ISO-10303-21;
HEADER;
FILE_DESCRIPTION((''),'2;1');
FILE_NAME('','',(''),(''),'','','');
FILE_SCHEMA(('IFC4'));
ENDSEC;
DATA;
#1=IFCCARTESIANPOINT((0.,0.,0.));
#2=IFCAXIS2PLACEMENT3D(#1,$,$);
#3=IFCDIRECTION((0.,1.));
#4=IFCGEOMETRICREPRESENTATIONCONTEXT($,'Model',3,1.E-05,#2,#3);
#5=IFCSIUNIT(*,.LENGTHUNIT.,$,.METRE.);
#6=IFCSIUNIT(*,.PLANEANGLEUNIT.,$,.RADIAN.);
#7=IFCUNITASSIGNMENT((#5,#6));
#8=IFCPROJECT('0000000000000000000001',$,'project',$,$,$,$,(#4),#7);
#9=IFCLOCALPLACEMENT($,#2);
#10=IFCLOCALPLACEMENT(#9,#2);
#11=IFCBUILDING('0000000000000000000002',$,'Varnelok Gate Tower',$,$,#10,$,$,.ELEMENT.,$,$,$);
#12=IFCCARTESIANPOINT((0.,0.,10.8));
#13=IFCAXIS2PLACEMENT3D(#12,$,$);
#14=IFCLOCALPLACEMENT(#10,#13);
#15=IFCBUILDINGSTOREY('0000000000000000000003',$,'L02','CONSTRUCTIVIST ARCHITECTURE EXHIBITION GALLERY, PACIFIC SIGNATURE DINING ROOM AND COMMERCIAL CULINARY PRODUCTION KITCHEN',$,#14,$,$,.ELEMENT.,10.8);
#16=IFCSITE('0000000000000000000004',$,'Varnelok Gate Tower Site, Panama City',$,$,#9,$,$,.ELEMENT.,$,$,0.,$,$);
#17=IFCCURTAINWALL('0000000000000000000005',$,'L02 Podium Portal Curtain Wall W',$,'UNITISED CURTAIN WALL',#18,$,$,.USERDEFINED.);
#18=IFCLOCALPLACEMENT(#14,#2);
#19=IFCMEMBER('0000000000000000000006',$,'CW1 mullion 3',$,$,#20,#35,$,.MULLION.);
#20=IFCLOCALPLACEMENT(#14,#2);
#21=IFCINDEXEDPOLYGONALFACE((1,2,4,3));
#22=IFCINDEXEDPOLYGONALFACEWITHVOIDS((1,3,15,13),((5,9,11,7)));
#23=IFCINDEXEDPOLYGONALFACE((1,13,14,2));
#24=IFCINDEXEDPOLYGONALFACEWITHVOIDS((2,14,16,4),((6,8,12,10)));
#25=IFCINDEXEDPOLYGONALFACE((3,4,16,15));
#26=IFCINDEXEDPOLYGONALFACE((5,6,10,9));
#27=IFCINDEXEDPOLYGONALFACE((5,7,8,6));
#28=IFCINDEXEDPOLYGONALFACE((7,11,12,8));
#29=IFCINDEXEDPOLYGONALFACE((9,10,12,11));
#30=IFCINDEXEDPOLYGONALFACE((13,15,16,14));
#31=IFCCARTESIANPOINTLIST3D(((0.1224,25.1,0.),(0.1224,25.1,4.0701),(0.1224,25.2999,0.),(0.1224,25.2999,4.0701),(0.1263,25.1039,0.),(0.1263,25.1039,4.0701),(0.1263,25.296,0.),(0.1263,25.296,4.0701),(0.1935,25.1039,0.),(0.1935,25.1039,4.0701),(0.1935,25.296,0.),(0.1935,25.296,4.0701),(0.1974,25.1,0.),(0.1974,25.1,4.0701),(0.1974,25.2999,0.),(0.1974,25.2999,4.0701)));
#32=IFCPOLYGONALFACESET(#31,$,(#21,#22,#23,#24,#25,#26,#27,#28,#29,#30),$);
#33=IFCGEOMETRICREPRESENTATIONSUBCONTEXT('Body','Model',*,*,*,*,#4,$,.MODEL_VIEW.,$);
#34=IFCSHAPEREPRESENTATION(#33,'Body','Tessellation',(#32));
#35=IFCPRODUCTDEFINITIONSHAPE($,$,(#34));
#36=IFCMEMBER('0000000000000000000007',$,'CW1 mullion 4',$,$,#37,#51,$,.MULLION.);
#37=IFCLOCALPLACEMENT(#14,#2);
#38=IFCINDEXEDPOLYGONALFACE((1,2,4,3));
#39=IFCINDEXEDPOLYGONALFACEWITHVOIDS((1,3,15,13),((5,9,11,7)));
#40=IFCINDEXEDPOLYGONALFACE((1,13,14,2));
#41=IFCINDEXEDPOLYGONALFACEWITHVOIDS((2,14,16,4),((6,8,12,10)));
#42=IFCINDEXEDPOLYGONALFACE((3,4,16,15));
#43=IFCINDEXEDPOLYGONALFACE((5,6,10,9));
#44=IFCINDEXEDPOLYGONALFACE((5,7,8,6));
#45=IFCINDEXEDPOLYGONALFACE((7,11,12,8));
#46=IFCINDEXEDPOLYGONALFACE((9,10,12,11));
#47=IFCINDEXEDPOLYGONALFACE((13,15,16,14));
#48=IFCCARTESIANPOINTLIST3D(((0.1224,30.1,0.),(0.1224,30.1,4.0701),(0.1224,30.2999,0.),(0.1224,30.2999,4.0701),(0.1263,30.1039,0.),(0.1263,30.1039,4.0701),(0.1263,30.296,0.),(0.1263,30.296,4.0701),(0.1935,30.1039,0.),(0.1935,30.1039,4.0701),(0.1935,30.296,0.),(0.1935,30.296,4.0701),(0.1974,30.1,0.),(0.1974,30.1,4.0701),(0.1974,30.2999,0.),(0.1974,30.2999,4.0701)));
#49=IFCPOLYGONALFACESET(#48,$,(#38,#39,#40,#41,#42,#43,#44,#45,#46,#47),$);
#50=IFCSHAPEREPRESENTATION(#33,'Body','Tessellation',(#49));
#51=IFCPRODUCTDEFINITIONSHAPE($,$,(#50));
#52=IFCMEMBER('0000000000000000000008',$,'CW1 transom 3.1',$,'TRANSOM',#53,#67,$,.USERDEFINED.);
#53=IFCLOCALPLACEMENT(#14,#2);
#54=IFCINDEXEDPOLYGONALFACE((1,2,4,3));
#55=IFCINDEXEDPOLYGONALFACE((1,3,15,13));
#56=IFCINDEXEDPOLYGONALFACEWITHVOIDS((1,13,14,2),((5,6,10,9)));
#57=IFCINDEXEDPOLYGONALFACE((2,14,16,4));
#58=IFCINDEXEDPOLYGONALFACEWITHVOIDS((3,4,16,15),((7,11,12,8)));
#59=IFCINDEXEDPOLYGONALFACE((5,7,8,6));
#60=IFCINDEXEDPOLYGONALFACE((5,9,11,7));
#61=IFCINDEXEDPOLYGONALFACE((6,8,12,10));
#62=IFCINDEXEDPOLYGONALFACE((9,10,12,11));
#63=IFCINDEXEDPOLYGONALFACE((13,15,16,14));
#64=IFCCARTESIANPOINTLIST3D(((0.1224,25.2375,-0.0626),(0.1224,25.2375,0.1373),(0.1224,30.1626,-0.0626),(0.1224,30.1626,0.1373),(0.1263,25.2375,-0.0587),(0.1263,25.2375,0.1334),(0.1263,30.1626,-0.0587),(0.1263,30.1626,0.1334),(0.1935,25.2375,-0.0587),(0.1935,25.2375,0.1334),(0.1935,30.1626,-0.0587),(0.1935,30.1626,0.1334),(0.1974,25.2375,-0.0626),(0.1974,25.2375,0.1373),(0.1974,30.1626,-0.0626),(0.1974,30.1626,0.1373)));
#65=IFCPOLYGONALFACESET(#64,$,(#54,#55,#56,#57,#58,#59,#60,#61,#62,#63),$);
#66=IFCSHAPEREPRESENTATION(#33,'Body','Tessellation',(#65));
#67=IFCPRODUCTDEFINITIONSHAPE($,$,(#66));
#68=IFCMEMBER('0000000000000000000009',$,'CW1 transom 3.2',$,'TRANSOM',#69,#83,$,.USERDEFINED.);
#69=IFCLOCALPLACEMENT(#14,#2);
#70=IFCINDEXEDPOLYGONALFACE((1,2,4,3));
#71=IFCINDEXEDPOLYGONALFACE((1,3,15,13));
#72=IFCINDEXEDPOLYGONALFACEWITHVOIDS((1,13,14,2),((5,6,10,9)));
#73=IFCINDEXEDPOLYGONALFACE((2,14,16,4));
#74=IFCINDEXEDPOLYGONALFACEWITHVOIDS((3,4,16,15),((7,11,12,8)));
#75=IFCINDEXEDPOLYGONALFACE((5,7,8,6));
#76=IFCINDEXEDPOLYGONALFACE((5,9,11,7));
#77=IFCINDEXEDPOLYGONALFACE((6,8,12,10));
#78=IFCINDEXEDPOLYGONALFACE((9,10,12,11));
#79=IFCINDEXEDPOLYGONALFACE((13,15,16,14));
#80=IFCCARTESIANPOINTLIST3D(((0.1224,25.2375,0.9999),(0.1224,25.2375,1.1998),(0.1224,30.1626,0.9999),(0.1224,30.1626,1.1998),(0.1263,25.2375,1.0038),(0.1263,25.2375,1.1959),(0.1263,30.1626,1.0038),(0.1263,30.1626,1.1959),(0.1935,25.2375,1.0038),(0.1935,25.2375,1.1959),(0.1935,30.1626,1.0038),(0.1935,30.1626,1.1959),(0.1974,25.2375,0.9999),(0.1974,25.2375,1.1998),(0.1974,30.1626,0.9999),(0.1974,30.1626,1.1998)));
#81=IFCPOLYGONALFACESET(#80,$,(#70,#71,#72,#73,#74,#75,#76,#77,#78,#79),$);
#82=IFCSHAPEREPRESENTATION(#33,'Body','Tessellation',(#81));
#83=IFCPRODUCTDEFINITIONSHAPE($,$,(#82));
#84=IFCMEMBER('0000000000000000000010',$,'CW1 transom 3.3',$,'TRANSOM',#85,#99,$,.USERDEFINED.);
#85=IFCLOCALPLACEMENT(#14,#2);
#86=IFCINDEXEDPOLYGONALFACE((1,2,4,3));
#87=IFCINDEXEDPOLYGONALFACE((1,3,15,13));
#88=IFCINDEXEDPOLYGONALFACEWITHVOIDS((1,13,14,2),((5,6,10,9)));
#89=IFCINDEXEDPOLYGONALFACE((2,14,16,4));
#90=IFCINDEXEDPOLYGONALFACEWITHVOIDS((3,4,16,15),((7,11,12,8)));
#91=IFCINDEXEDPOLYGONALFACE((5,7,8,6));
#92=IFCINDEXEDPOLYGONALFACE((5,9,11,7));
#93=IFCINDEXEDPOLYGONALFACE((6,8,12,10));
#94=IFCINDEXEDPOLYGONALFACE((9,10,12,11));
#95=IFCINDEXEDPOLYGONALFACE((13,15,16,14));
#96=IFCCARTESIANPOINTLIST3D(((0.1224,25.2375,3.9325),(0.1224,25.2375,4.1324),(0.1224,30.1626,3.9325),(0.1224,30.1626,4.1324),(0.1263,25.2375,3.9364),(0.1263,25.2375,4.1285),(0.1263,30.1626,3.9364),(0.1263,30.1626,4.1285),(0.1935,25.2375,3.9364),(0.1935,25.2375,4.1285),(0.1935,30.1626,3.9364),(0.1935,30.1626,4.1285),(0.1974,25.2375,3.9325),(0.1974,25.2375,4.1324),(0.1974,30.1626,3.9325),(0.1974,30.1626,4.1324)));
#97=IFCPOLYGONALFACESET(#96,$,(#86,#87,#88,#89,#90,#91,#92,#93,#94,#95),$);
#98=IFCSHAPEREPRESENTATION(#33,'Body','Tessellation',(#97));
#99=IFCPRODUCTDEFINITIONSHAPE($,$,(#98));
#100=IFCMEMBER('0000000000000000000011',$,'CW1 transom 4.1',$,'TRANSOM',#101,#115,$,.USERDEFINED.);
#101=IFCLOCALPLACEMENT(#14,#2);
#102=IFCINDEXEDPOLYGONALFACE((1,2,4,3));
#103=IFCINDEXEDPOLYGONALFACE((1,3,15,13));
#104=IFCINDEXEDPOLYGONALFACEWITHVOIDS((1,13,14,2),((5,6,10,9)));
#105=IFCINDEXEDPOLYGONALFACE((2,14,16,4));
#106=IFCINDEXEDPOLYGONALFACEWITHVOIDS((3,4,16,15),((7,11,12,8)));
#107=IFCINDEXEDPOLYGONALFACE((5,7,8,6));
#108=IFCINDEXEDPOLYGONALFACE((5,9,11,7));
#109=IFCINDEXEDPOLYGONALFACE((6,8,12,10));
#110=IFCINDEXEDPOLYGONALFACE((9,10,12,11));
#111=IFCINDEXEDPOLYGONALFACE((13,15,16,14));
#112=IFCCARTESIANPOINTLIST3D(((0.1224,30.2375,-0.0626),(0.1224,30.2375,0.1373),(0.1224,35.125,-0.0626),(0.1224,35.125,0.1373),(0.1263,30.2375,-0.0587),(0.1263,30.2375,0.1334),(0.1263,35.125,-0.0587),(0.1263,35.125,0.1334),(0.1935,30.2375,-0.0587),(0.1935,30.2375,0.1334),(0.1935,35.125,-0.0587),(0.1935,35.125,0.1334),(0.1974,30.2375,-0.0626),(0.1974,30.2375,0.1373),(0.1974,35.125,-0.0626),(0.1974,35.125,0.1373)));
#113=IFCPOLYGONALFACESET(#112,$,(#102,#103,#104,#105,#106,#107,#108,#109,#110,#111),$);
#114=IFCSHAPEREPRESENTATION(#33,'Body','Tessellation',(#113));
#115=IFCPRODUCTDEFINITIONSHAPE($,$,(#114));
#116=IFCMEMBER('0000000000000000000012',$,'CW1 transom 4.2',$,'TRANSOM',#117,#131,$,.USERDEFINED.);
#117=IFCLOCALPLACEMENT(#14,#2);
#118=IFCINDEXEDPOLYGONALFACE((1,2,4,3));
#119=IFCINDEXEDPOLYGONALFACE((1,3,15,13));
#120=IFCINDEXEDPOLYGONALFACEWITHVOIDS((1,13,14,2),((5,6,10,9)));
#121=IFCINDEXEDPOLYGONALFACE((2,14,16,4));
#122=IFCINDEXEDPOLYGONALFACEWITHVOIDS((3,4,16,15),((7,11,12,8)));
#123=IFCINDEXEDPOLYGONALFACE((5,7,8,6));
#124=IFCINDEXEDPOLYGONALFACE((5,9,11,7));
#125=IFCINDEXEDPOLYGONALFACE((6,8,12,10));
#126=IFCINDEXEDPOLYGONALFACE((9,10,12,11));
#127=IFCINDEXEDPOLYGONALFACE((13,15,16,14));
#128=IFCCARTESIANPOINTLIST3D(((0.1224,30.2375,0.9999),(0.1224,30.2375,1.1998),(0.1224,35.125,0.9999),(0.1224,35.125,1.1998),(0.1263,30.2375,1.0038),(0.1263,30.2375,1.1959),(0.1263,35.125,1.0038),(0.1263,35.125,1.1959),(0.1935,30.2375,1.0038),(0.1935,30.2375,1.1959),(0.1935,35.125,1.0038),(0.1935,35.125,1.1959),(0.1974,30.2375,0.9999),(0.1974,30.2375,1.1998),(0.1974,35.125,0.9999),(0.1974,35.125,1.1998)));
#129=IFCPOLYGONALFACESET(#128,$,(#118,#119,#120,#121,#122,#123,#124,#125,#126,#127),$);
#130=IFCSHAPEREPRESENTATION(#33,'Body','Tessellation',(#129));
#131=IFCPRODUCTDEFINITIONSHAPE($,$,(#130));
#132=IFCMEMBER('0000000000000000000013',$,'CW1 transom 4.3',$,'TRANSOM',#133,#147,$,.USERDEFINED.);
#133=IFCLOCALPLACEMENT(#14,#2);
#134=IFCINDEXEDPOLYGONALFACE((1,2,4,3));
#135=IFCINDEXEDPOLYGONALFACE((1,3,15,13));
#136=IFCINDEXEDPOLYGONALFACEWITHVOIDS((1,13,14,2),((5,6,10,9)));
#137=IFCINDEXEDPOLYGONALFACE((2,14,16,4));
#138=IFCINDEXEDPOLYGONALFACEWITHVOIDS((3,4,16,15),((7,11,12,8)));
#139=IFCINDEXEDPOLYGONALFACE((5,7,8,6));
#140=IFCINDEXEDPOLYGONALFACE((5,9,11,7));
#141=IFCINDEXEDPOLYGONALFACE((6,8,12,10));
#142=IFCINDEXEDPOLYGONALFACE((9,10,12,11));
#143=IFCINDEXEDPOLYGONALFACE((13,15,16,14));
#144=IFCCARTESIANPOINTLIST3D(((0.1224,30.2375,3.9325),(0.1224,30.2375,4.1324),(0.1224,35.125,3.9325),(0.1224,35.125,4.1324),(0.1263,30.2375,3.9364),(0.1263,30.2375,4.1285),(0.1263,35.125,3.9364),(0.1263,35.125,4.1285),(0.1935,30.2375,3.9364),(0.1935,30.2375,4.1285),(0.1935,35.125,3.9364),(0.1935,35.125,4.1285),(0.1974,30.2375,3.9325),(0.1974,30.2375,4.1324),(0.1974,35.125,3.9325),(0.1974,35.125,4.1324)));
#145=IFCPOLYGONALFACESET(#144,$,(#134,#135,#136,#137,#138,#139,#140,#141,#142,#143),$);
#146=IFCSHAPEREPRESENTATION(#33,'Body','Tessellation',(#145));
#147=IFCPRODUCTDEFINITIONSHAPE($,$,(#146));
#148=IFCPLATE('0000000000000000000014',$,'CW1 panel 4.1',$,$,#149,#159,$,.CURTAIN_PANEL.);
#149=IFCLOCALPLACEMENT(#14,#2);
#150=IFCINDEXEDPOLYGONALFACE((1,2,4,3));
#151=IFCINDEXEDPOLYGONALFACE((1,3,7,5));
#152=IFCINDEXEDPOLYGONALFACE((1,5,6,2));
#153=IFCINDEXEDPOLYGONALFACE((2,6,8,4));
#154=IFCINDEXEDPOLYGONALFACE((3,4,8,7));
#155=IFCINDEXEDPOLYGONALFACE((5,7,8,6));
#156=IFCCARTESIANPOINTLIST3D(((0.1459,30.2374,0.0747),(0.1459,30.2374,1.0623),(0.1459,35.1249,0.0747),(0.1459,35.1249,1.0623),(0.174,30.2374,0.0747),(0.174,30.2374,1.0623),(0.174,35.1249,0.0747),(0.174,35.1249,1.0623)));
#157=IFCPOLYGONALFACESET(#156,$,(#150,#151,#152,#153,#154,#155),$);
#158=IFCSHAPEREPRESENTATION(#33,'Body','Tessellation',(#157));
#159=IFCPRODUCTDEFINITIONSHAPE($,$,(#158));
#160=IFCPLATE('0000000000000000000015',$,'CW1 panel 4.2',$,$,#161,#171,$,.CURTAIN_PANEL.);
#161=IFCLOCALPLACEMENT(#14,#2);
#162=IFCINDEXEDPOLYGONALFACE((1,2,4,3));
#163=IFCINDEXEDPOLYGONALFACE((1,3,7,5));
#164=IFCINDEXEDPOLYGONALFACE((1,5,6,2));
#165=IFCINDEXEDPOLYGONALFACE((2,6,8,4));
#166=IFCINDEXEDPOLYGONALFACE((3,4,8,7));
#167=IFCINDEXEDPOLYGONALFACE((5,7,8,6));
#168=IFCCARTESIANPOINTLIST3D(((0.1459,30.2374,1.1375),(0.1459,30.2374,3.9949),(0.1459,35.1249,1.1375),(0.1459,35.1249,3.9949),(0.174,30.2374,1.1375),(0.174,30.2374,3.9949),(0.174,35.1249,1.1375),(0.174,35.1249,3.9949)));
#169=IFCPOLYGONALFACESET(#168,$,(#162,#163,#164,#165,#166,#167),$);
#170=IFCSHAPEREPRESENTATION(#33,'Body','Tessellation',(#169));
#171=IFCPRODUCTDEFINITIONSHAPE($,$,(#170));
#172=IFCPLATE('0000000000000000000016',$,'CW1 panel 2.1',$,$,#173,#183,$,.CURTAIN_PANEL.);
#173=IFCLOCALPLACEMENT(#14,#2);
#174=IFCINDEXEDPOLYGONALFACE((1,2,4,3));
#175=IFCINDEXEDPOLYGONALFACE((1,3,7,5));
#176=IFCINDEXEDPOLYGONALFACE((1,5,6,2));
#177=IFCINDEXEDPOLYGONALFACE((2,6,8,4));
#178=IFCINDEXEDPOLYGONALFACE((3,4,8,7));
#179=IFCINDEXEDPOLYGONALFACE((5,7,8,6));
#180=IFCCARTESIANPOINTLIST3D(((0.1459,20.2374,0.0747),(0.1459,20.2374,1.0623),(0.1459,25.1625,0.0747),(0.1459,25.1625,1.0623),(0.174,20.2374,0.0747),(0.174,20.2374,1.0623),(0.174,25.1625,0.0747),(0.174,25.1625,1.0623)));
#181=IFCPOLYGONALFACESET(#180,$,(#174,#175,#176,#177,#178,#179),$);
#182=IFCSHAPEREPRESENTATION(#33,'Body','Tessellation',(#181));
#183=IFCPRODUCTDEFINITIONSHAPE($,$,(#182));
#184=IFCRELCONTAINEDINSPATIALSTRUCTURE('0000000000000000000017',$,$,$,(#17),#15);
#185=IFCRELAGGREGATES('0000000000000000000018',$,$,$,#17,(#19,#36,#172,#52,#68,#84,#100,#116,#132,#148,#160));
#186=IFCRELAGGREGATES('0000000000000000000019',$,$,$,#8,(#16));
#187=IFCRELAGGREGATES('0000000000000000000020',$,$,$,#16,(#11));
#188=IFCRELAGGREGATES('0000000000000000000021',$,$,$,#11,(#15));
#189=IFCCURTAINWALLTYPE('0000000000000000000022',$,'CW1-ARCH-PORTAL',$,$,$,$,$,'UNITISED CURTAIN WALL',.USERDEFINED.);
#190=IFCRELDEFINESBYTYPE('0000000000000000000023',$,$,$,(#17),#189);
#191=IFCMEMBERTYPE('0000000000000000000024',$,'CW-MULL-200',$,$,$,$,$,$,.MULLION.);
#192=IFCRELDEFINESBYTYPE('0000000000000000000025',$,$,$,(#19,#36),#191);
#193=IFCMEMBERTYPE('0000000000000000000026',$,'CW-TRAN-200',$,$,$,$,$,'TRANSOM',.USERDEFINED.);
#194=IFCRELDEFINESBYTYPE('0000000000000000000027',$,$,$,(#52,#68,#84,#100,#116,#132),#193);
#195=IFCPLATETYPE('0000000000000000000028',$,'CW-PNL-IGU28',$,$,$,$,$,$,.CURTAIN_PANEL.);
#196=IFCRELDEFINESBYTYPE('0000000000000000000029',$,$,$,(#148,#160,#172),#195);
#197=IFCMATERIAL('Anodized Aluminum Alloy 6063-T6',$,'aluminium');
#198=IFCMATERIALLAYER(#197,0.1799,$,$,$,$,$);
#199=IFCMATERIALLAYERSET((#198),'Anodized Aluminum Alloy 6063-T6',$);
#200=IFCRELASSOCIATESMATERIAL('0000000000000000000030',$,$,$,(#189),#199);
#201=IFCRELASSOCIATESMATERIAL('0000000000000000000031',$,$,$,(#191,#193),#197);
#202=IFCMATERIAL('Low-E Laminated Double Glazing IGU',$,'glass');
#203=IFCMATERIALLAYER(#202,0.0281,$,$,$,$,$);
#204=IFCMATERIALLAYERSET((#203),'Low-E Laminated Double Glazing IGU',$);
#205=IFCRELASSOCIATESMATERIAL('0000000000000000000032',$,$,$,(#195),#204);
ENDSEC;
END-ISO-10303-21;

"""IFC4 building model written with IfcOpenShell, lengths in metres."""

from ifc_helpers import new_model, si_unit, direction, frame, origin, origin_2d, place, context, subcontext, project, spatial, rectangle, hollow_rectangle, extrude, source, transform, mapped, material, layer, layer_set, material_profile, profile_set, type_object, element, aggregate, save


model = new_model("IFC4")

# Units and contexts
model_context = context("Model", 3, precision=1e-05, world=origin(), true_north=direction((0.0, 1.0)))
body_context = subcontext(model_context, "Body", "Model", "MODEL_VIEW")
ifc_project = project(units=[si_unit("LENGTHUNIT", "METRE"), si_unit("PLANEANGLEUNIT", "RADIAN")], contexts=[model_context])

# Site, building, storey
site_placement = place(None, origin())
site = spatial("IfcSite", under=ifc_project, at=site_placement, Name="Varnelok Gate Tower Site, Panama City", CompositionType="ELEMENT", RefElevation=0.0)
building_placement = place(site_placement, origin())
building = spatial("IfcBuilding", under=site, at=building_placement, Name="Varnelok Gate Tower", CompositionType="ELEMENT")
storey_placement = place(building_placement, frame((0.0, 0.0, 10.8)))
storey = spatial("IfcBuildingStorey", under=building, at=storey_placement, Name="L02", Description="CONSTRUCTIVIST ARCHITECTURE EXHIBITION GALLERY, PACIFIC SIGNATURE DINING ROOM AND COMMERCIAL CULINARY PRODUCTION KITCHEN", CompositionType="ELEMENT", Elevation=10.8)

# Curtain wall, members, plates
ifc_material_1 = material(Name="Anodized Aluminum Alloy 6063-T6", Category="aluminium")
ifc_layer_1 = layer(ifc_material_1, 0.1799)
ifc_layer_set_1 = layer_set([ifc_layer_1], Name="Anodized Aluminum Alloy 6063-T6")
curtain_wall_type = type_object("IfcCurtainWallType", Name="CW1-ARCH-PORTAL", ElementType="UNITISED CURTAIN WALL", PredefinedType="USERDEFINED", material=ifc_layer_set_1)
curtain_wall_placement = place(storey_placement, origin())
curtain_wall = element("IfcCurtainWall", 1, at=curtain_wall_placement, inside=storey, type_object=curtain_wall_type, Name="L02 Podium Portal Curtain Wall W", ObjectType="UNITISED CURTAIN WALL", PredefinedType="USERDEFINED")
ifc_material_profile_1 = material_profile(ifc_material_1, hollow_rectangle(XDim=0.075, YDim=0.2, WallThickness=0.0039, at=origin_2d()), Name="ALU200X75X4")
ifc_profile_set_1 = profile_set([ifc_material_profile_1], Name="Anodized Aluminum Alloy 6063-T6")
member_type_1 = type_object("IfcMemberType", Name="CW-MULL-200", PredefinedType="MULLION", material=ifc_profile_set_1)
member_1_placement = place(storey_placement, frame((0.1599, 25.2, 0.0), z_axis=(0.0, 0.0, 1.0), x_axis=(-1.0, 0.0, 0.0)))
member_1 = element("IfcMember", 2, at=member_1_placement, type_object=member_type_1, Name="CW1 mullion 3", PredefinedType="MULLION", context=body_context, shape_type="SweptSolid", body=[
    extrude(hollow_rectangle(XDim=0.075, YDim=0.2, WallThickness=0.0039, at=origin_2d()), origin(), (0.0, 0.0, 1.0), 4.0701),
])
member_2_placement = place(storey_placement, frame((0.1599, 30.2, 0.0), z_axis=(0.0, 0.0, 1.0), x_axis=(-1.0, 0.0, 0.0)))
member_2 = element("IfcMember", 3, at=member_2_placement, type_object=member_type_1, Name="CW1 mullion 4", PredefinedType="MULLION", context=body_context, shape_type="SweptSolid", body=[
    extrude(hollow_rectangle(XDim=0.075, YDim=0.2, WallThickness=0.0039, at=origin_2d()), origin(), (0.0, 0.0, 1.0), 4.0701),
])
ifc_material_profile_2 = material_profile(ifc_material_1, hollow_rectangle(XDim=0.075, YDim=0.2, WallThickness=0.0039, at=origin_2d()), Name="ALU200X75X4")
ifc_profile_set_2 = profile_set([ifc_material_profile_2], Name="Anodized Aluminum Alloy 6063-T6")
member_type_2 = type_object("IfcMemberType", Name="CW-TRAN-200", ElementType="TRANSOM", PredefinedType="USERDEFINED", material=ifc_profile_set_2)
member_3_placement = place(storey_placement, frame((0.1599, 25.2375, 0.0374), z_axis=(0.0, 1.0, 0.0), x_axis=(-1.0, 0.0, 0.0)))
member_3 = element("IfcMember", 4, at=member_3_placement, type_object=member_type_2, Name="CW1 transom 3.1", ObjectType="TRANSOM", PredefinedType="USERDEFINED", context=body_context, shape_type="SweptSolid", body=[
    extrude(hollow_rectangle(XDim=0.075, YDim=0.2, WallThickness=0.0039, at=origin_2d()), origin(), (0.0, 0.0, 1.0), 4.925),
])
member_4_placement = place(storey_placement, frame((0.1599, 25.2375, 1.0999), z_axis=(0.0, 1.0, 0.0), x_axis=(-1.0, 0.0, 0.0)))
member_4 = element("IfcMember", 5, at=member_4_placement, type_object=member_type_2, Name="CW1 transom 3.2", ObjectType="TRANSOM", PredefinedType="USERDEFINED", context=body_context, shape_type="SweptSolid", body=[
    extrude(hollow_rectangle(XDim=0.075, YDim=0.2, WallThickness=0.0039, at=origin_2d()), origin(), (0.0, 0.0, 1.0), 4.925),
])
member_5_placement = place(storey_placement, frame((0.1599, 25.2375, 4.0325), z_axis=(0.0, 1.0, 0.0), x_axis=(-1.0, 0.0, 0.0)))
member_5 = element("IfcMember", 6, at=member_5_placement, type_object=member_type_2, Name="CW1 transom 3.3", ObjectType="TRANSOM", PredefinedType="USERDEFINED", context=body_context, shape_type="SweptSolid", body=[
    extrude(hollow_rectangle(XDim=0.075, YDim=0.2, WallThickness=0.0039, at=origin_2d()), origin(), (0.0, 0.0, 1.0), 4.925),
])
member_6_placement = place(storey_placement, frame((0.1599, 30.2375, 0.0374), z_axis=(0.0, 1.0, 0.0), x_axis=(-1.0, 0.0, 0.0)))
member_6 = element("IfcMember", 7, at=member_6_placement, type_object=member_type_2, Name="CW1 transom 4.1", ObjectType="TRANSOM", PredefinedType="USERDEFINED", context=body_context, shape_type="SweptSolid", body=[
    extrude(hollow_rectangle(XDim=0.075, YDim=0.2, WallThickness=0.0039, at=origin_2d()), origin(), (0.0, 0.0, 1.0), 4.8875),
])
member_7_placement = place(storey_placement, frame((0.1599, 30.2375, 1.0999), z_axis=(0.0, 1.0, 0.0), x_axis=(-1.0, 0.0, 0.0)))
member_7 = element("IfcMember", 8, at=member_7_placement, type_object=member_type_2, Name="CW1 transom 4.2", ObjectType="TRANSOM", PredefinedType="USERDEFINED", context=body_context, shape_type="SweptSolid", body=[
    extrude(hollow_rectangle(XDim=0.075, YDim=0.2, WallThickness=0.0039, at=origin_2d()), origin(), (0.0, 0.0, 1.0), 4.8875),
])
member_8_placement = place(storey_placement, frame((0.1599, 30.2375, 4.0325), z_axis=(0.0, 1.0, 0.0), x_axis=(-1.0, 0.0, 0.0)))
member_8 = element("IfcMember", 9, at=member_8_placement, type_object=member_type_2, Name="CW1 transom 4.3", ObjectType="TRANSOM", PredefinedType="USERDEFINED", context=body_context, shape_type="SweptSolid", body=[
    extrude(hollow_rectangle(XDim=0.075, YDim=0.2, WallThickness=0.0039, at=origin_2d()), origin(), (0.0, 0.0, 1.0), 4.8875),
])
ifc_material_2 = material(Name="Low-E Laminated Double Glazing IGU", Category="glass")
ifc_layer_2 = layer(ifc_material_2, 0.0281)
ifc_layer_set_2 = layer_set([ifc_layer_2], Name="Low-E Laminated Double Glazing IGU")
plate_type = type_object("IfcPlateType", Name="CW-PNL-IGU28", PredefinedType="CURTAIN_PANEL", material=ifc_layer_set_2)
shared_shape_1 = source(origin(), body_context, "Body", "SweptSolid", [
    extrude(rectangle(XDim=4.8875, YDim=0.0281, at=origin_2d()), origin(), (0.0, 0.0, 1.0), 0.9875),
])
plate_1_placement = place(storey_placement, frame((0.1599, 32.6812, 0.0747), z_axis=(0.0, 0.0, 1.0), x_axis=(0.0, 1.0, 0.0)))
plate_1 = element("IfcPlate", 10, at=plate_1_placement, type_object=plate_type, Name="CW1 panel 4.1", PredefinedType="CURTAIN_PANEL", context=body_context, shape_type="MappedRepresentation", body=[
    mapped(shared_shape_1, transform((0.0, 0.0, 0.0), scale=1.0)),
])
shared_shape_2 = source(origin(), body_context, "Body", "SweptSolid", [
    extrude(rectangle(XDim=4.8875, YDim=0.0281, at=origin_2d()), origin(), (0.0, 0.0, 1.0), 2.8574),
])
plate_2_placement = place(storey_placement, frame((0.1599, 32.6812, 1.1375), z_axis=(0.0, 0.0, 1.0), x_axis=(0.0, 1.0, 0.0)))
plate_2 = element("IfcPlate", 11, at=plate_2_placement, type_object=plate_type, Name="CW1 panel 4.2", PredefinedType="CURTAIN_PANEL", context=body_context, shape_type="MappedRepresentation", body=[
    mapped(shared_shape_2, transform((0.0, 0.0, 0.0), scale=1.0)),
])
shared_shape_3 = source(origin(), body_context, "Body", "SweptSolid", [
    extrude(rectangle(XDim=4.925, YDim=0.0281, at=origin_2d()), origin(), (0.0, 0.0, 1.0), 0.9875),
])
plate_3_placement = place(storey_placement, frame((0.1599, 22.7, 0.0747), z_axis=(0.0, 0.0, 1.0), x_axis=(0.0, 1.0, 0.0)))
plate_3 = element("IfcPlate", 12, at=plate_3_placement, type_object=plate_type, Name="CW1 panel 2.1", PredefinedType="CURTAIN_PANEL", context=body_context, shape_type="MappedRepresentation", body=[
    mapped(shared_shape_3, transform((0.0, 0.0, 0.0), scale=1.0)),
])
aggregate(curtain_wall, [member_1, member_2, plate_3, member_3, member_4, member_5, member_6, member_7, member_8, plate_1, plate_2])

save(model, "model.ifc")
